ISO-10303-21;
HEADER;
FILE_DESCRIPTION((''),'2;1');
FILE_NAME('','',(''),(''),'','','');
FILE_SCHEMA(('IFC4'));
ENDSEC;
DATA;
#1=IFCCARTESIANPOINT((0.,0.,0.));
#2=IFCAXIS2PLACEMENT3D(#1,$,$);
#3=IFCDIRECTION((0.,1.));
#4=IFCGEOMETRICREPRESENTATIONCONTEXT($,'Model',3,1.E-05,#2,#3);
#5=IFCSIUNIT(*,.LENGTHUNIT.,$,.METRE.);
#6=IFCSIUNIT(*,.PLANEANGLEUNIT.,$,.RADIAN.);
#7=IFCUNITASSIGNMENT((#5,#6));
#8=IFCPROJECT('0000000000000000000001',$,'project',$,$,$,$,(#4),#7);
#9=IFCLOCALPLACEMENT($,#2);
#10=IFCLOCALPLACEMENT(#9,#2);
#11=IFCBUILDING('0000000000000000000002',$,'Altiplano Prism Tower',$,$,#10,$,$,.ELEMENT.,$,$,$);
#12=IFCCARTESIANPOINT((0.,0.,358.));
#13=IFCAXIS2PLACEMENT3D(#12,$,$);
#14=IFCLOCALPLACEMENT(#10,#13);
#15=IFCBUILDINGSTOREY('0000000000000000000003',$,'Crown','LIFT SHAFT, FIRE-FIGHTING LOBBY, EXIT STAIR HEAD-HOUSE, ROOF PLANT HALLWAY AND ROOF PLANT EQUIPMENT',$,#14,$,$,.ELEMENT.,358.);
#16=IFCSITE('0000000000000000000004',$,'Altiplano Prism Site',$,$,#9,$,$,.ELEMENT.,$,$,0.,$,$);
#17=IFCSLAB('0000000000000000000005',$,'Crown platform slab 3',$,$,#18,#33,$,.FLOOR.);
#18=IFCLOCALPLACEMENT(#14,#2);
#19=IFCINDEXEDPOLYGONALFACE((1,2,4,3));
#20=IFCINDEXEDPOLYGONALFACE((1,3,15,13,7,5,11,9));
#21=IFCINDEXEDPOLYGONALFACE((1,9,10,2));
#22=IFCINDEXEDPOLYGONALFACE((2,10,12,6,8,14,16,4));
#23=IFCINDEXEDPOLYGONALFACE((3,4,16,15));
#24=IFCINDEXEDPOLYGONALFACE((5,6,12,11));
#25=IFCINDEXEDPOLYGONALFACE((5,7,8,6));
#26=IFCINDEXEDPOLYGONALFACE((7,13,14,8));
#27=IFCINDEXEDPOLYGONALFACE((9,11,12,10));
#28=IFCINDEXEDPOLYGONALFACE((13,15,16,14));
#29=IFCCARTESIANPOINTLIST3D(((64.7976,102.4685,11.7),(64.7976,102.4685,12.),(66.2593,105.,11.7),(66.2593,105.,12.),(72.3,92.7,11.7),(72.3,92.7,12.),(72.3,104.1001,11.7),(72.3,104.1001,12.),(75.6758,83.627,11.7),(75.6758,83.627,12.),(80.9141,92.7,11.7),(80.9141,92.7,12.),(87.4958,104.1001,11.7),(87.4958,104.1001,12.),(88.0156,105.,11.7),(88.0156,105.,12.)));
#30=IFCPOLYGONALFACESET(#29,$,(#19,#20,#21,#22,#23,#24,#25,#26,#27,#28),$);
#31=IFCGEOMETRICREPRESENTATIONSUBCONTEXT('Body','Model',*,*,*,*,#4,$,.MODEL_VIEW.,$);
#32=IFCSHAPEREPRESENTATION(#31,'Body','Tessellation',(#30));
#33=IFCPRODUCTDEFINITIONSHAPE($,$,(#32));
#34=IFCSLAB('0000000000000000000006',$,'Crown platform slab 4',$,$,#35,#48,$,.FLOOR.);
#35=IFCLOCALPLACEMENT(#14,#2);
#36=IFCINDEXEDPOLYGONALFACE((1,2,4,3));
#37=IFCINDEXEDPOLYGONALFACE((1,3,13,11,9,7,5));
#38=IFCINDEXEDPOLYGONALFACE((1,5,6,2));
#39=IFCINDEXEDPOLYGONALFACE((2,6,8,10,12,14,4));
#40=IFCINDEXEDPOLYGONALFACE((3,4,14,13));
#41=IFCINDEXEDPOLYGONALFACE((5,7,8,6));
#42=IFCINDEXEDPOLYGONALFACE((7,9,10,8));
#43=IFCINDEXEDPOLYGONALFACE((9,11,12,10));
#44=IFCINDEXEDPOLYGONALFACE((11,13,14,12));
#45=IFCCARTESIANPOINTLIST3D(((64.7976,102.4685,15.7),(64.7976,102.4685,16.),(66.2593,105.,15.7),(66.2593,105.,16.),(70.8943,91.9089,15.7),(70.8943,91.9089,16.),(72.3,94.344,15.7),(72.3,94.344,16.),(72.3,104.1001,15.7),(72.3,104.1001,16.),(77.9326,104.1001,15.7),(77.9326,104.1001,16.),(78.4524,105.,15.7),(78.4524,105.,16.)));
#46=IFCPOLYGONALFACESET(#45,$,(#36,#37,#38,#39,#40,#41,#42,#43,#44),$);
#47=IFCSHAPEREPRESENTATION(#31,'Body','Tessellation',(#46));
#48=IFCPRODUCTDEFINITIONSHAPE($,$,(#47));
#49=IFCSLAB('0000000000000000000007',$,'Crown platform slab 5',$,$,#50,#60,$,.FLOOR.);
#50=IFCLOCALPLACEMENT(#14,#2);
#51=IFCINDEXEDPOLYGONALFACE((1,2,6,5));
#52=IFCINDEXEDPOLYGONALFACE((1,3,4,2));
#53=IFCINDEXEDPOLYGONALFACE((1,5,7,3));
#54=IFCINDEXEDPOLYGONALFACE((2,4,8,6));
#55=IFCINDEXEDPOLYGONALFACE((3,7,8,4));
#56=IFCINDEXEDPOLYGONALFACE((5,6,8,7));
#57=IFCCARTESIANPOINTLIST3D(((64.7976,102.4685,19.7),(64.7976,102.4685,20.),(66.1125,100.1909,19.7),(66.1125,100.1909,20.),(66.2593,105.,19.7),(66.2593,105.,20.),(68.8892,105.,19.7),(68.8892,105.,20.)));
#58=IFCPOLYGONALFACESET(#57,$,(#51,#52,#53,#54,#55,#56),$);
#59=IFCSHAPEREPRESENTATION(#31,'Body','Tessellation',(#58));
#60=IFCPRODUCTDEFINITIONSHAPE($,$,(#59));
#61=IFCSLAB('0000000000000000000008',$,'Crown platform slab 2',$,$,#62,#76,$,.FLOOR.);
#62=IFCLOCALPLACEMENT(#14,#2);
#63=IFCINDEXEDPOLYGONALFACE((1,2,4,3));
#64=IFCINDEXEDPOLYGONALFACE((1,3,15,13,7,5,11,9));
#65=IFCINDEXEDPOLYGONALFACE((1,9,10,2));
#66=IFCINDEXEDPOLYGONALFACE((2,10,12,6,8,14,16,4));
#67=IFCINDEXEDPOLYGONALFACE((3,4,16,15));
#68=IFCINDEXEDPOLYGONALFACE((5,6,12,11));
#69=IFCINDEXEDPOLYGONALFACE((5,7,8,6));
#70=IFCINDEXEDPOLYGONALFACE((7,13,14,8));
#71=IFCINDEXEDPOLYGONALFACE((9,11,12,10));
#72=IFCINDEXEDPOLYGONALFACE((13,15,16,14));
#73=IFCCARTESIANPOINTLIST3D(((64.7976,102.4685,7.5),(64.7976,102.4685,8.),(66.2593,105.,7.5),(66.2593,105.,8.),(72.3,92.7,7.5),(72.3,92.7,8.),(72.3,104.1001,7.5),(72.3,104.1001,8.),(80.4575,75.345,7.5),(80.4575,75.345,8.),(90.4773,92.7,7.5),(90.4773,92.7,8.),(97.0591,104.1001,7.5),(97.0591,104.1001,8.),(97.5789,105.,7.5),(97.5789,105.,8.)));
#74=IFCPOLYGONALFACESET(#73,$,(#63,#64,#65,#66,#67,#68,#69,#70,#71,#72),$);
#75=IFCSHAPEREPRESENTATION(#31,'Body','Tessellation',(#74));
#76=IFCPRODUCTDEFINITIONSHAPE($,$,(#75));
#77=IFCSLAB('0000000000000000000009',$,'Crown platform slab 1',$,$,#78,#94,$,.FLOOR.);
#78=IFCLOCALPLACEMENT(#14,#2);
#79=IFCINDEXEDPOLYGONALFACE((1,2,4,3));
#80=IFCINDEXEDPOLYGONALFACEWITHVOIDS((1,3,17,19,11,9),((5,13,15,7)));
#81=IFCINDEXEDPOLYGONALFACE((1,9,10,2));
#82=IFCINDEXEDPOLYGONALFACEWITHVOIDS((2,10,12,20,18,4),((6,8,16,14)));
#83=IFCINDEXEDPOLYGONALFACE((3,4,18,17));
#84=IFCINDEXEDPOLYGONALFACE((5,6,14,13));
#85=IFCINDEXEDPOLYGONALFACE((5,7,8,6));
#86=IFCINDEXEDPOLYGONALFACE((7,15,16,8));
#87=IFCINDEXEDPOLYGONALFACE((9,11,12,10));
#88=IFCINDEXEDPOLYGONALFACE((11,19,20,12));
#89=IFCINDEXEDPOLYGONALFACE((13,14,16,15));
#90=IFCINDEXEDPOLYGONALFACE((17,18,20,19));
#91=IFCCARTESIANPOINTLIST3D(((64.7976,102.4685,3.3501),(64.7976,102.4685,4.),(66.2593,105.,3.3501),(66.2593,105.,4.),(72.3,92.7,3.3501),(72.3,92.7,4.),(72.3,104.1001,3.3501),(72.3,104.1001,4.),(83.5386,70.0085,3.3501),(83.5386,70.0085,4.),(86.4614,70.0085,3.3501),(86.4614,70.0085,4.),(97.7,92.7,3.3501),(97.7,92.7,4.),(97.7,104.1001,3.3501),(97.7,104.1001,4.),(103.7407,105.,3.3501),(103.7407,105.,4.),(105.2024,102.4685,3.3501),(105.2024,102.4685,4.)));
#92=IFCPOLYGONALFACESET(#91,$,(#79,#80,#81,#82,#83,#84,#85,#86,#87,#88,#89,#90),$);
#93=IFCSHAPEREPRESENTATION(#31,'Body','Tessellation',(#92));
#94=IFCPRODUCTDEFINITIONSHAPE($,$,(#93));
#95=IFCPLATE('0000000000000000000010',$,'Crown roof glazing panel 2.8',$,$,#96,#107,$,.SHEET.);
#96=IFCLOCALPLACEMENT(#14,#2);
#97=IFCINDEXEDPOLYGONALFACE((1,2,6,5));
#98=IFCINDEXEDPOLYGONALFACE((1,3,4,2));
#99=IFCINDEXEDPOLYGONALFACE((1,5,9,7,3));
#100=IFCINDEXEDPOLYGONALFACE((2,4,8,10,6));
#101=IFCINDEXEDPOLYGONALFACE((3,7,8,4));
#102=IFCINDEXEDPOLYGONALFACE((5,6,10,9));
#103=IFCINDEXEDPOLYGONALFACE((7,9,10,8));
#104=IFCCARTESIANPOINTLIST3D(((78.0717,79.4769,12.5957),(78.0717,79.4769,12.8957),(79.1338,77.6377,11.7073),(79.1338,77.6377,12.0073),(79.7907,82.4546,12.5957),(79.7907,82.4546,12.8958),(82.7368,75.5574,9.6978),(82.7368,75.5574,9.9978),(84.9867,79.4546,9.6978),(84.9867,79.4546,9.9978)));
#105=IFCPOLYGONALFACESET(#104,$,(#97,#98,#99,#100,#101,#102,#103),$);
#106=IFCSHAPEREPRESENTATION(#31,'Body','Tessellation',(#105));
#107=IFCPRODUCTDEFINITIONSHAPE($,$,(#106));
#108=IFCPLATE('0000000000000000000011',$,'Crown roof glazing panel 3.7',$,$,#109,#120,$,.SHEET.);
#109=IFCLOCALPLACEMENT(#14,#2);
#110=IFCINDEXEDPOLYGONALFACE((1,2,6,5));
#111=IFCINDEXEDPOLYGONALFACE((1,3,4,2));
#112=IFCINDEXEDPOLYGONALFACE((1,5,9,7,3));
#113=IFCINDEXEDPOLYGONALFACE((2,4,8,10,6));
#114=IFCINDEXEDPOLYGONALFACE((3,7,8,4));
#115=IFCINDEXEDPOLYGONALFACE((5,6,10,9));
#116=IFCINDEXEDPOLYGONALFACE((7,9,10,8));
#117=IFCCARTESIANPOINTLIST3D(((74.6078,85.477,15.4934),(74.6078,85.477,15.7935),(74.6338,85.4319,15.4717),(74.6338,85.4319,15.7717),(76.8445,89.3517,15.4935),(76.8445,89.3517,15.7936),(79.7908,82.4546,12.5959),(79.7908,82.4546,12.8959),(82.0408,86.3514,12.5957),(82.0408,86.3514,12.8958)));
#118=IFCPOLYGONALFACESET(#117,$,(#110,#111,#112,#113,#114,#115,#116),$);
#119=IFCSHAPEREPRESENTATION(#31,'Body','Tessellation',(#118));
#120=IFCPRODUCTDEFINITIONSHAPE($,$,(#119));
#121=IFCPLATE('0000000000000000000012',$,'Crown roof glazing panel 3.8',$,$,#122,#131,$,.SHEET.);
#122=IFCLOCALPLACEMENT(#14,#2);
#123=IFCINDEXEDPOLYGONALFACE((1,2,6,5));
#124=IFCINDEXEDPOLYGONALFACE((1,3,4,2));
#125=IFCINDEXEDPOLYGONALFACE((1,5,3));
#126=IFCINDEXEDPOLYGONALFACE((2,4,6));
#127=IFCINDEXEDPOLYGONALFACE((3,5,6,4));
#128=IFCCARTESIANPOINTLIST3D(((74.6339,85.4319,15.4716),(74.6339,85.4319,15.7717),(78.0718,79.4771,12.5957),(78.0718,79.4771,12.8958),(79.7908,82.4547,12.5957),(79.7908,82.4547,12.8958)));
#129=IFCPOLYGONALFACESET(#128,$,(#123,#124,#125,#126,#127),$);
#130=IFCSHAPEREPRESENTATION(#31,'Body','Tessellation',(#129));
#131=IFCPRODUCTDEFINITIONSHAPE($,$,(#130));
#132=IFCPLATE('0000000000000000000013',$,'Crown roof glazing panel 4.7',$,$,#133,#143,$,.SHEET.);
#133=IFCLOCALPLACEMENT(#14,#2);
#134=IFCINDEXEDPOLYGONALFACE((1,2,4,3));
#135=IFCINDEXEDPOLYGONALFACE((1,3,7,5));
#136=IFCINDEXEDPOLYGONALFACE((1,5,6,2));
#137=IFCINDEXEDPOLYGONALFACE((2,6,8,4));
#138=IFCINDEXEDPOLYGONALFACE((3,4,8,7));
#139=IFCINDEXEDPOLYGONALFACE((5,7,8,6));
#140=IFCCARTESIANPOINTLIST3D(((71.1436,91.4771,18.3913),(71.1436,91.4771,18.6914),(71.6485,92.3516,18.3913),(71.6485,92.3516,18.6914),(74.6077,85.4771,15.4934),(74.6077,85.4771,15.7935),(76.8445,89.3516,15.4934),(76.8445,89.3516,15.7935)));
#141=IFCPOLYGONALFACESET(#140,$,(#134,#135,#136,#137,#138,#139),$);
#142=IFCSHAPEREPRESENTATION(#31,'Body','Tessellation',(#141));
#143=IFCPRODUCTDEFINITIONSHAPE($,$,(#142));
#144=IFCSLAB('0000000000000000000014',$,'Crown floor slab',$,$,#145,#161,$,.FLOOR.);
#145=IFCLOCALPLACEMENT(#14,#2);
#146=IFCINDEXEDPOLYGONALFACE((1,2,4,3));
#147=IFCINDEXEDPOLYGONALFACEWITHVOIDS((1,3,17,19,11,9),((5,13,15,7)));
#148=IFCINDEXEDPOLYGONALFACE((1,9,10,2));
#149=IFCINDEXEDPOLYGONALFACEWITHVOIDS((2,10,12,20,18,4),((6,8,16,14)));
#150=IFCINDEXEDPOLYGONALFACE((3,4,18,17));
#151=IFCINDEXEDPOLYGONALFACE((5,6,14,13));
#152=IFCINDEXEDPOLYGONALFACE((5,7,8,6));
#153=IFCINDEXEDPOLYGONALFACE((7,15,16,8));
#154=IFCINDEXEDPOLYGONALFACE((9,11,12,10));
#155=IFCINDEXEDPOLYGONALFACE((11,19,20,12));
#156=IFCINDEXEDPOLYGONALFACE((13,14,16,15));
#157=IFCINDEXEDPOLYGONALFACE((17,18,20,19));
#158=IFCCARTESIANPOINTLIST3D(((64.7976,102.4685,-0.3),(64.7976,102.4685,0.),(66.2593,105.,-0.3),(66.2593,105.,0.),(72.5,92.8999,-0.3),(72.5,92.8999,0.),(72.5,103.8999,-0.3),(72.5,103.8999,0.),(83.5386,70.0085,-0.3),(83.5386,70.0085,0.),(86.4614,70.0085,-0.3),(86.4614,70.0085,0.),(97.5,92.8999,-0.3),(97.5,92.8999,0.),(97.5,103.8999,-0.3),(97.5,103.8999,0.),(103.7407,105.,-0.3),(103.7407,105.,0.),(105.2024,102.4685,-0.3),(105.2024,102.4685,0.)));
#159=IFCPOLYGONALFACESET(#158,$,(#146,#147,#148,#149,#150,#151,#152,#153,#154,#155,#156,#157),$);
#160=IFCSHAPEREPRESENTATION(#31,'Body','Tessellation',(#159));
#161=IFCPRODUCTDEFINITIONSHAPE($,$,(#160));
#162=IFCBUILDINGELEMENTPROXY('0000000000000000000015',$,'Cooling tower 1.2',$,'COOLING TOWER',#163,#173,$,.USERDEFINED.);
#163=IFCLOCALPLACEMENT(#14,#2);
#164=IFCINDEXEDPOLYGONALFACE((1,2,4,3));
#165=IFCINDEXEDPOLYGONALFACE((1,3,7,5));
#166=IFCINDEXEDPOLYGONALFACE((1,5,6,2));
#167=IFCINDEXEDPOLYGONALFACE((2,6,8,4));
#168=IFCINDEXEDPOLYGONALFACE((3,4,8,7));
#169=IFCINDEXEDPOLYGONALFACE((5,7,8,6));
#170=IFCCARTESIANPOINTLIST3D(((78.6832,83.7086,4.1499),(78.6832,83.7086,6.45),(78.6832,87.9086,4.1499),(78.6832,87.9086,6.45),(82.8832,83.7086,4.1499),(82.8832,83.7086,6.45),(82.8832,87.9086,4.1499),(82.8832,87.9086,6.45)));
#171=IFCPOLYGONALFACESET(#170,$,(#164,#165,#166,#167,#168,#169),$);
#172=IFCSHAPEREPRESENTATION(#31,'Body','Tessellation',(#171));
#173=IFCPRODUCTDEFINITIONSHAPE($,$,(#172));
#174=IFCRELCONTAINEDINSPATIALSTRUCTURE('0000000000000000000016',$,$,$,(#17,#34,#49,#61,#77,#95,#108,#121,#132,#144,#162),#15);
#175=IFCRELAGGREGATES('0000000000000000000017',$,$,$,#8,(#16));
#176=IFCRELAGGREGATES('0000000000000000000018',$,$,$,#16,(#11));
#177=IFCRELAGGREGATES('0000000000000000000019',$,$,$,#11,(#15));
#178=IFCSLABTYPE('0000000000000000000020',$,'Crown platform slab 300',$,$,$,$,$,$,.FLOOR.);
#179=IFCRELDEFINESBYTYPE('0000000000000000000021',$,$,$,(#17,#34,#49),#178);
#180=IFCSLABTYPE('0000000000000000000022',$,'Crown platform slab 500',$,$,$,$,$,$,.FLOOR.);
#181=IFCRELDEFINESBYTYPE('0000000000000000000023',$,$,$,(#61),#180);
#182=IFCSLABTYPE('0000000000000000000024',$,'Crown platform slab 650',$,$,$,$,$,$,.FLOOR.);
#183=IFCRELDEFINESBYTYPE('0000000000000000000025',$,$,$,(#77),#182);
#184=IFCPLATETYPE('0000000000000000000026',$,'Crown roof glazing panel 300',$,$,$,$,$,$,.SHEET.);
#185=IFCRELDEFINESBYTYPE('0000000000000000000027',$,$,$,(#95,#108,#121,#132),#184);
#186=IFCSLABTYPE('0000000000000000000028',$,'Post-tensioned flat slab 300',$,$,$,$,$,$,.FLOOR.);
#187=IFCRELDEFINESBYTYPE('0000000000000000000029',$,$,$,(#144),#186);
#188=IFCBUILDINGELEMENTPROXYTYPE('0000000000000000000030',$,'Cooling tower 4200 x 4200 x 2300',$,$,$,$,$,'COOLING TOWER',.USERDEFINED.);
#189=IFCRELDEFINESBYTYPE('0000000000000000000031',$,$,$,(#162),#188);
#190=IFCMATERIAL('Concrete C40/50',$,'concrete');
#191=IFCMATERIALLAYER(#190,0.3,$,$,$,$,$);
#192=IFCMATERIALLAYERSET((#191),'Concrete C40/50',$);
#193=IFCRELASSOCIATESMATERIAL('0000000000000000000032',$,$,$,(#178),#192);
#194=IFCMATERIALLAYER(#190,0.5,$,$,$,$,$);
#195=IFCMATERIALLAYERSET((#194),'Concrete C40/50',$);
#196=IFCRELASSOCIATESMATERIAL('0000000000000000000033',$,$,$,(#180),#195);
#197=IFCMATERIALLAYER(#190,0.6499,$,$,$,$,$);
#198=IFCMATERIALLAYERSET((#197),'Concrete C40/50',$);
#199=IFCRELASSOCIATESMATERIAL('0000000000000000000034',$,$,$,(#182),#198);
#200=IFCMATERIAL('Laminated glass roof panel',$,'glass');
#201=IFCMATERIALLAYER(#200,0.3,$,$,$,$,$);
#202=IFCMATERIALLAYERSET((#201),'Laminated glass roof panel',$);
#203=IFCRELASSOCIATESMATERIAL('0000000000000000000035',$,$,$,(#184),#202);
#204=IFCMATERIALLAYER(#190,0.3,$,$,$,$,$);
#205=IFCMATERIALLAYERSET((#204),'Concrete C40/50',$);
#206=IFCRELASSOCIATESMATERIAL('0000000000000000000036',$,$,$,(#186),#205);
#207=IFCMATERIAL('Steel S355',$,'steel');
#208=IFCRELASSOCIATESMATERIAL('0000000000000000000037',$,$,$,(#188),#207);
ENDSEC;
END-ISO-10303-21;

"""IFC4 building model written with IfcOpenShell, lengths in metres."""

from ifc_helpers import new_model, si_unit, direction, frame, origin, origin_2d, place, context, subcontext, project, spatial, polyline, rectangle, outline, extrude, material, layer, layer_set, type_object, element, save


model = new_model("IFC4")

# Units and contexts
model_context = context("Model", 3, precision=1e-05, world=origin(), true_north=direction((0.0, 1.0)))
body_context = subcontext(model_context, "Body", "Model", "MODEL_VIEW")
ifc_project = project(units=[si_unit("LENGTHUNIT", "METRE"), si_unit("PLANEANGLEUNIT", "RADIAN")], contexts=[model_context])

# Site, building, storey
site_placement = place(None, origin())
site = spatial("IfcSite", under=ifc_project, at=site_placement, Name="Altiplano Prism Site", CompositionType="ELEMENT", RefElevation=0.0)
building_placement = place(site_placement, origin())
building = spatial("IfcBuilding", under=site, at=building_placement, Name="Altiplano Prism Tower", CompositionType="ELEMENT")
storey_placement = place(building_placement, frame((0.0, 0.0, 358.0)))
storey = spatial("IfcBuildingStorey", under=building, at=storey_placement, Name="Crown", Description="LIFT SHAFT, FIRE-FIGHTING LOBBY, EXIT STAIR HEAD-HOUSE, ROOF PLANT HALLWAY AND ROOF PLANT EQUIPMENT", CompositionType="ELEMENT", Elevation=358.0)

# Shared definitions
ifc_material_1 = material(Name="Steel S355", Category="steel")

# Slabs
ifc_material_2 = material(Name="Concrete C40/50", Category="concrete")
ifc_layer_1 = layer(ifc_material_2, 0.3)
ifc_layer_set_1 = layer_set([ifc_layer_1], Name="Concrete C40/50")
slab_type_1 = type_object("IfcSlabType", Name="Crown platform slab 300", PredefinedType="FLOOR", material=ifc_layer_set_1)
slab_1_placement = place(storey_placement, frame((0.0, 0.0, 11.7)))
element("IfcSlab", 1, at=slab_1_placement, inside=storey, type_object=slab_type_1, Name="Crown platform slab 3", PredefinedType="FLOOR", context=body_context, shape_type="SweptSolid", body=[
    extrude(outline(polyline([(75.6758, 83.627), (64.7976, 102.4685), (66.2593, 105.0), (88.0156, 105.0), (87.4958, 104.1001), (72.3, 104.1001), (72.3, 92.7), (80.9141, 92.7), (75.6758, 83.627)])), origin(), (0.0, 0.0, 1.0), 0.3),
])
slab_2_placement = place(storey_placement, frame((0.0, 0.0, 15.7)))
element("IfcSlab", 2, at=slab_2_placement, inside=storey, type_object=slab_type_1, Name="Crown platform slab 4", PredefinedType="FLOOR", context=body_context, shape_type="SweptSolid", body=[
    extrude(outline(polyline([(70.8943, 91.9089), (64.7976, 102.4685), (66.2593, 105.0), (78.4524, 105.0), (77.9326, 104.1001), (72.3, 104.1001), (72.3, 94.344), (70.8943, 91.9089)])), origin(), (0.0, 0.0, 1.0), 0.3),
])
slab_3_placement = place(storey_placement, frame((0.0, 0.0, 19.7)))
element("IfcSlab", 3, at=slab_3_placement, inside=storey, type_object=slab_type_1, Name="Crown platform slab 5", PredefinedType="FLOOR", context=body_context, shape_type="SweptSolid", body=[
    extrude(outline(polyline([(66.1125, 100.1909), (64.7976, 102.4685), (66.2593, 105.0), (68.8892, 105.0), (66.1125, 100.1909)])), origin(), (0.0, 0.0, 1.0), 0.3),
])
ifc_layer_2 = layer(ifc_material_2, 0.5)
ifc_layer_set_2 = layer_set([ifc_layer_2], Name="Concrete C40/50")
slab_type_2 = type_object("IfcSlabType", Name="Crown platform slab 500", PredefinedType="FLOOR", material=ifc_layer_set_2)
slab_4_placement = place(storey_placement, frame((0.0, 0.0, 7.5)))
element("IfcSlab", 4, at=slab_4_placement, inside=storey, type_object=slab_type_2, Name="Crown platform slab 2", PredefinedType="FLOOR", context=body_context, shape_type="SweptSolid", body=[
    extrude(outline(polyline([(80.4575, 75.345), (64.7976, 102.4685), (66.2593, 105.0), (97.5789, 105.0), (97.0591, 104.1001), (72.3, 104.1001), (72.3, 92.7), (90.4773, 92.7), (80.4575, 75.345)])), origin(), (0.0, 0.0, 1.0), 0.5),
])
ifc_layer_3 = layer(ifc_material_2, 0.6499)
ifc_layer_set_3 = layer_set([ifc_layer_3], Name="Concrete C40/50")
slab_type_3 = type_object("IfcSlabType", Name="Crown platform slab 650", PredefinedType="FLOOR", material=ifc_layer_set_3)
slab_5_placement = place(storey_placement, frame((0.0, 0.0, 3.3501)))
element("IfcSlab", 5, at=slab_5_placement, inside=storey, type_object=slab_type_3, Name="Crown platform slab 1", PredefinedType="FLOOR", context=body_context, shape_type="SweptSolid", body=[
    extrude(outline(polyline([(105.2024, 102.4685), (86.4614, 70.0085), (83.5386, 70.0085), (64.7976, 102.4685), (66.2593, 105.0), (103.7407, 105.0), (105.2024, 102.4685)]), holes=[polyline([(97.7, 92.7), (97.7, 104.1001), (72.3, 104.1001), (72.3, 92.7), (97.7, 92.7)])]), origin(), (0.0, 0.0, 1.0), 0.6499),
])

# Plates
ifc_material_3 = material(Name="Laminated glass roof panel", Category="glass")
ifc_layer_4 = layer(ifc_material_3, 0.3)
ifc_layer_set_4 = layer_set([ifc_layer_4], Name="Laminated glass roof panel")
plate_type_1 = type_object("IfcPlateType", Name="Crown roof glazing panel 300", PredefinedType="SHEET", material=ifc_layer_set_4)
plate_1_placement = place(storey_placement, frame((79.1338, 77.6377, 12.0073), z_axis=(0.376661, -0.217457, 0.900466), x_axis=(0.779816, -0.450252, -0.434926)))
element("IfcPlate", 6, at=plate_1_placement, inside=storey, type_object=plate_type_1, Name="Crown roof glazing panel 2.8", PredefinedType="SHEET", context=body_context, shape_type="SweptSolid", body=[
    extrude(outline(polyline([(0.0, 0.0), (4.6204, 0.0), (4.6201, 4.5), (-2.043, 4.5), (-2.0427, 1.0618), (0.0, 0.0)])), origin(), (0.434926, 0.000016, -0.900466), 0.3),
])
plate_2_placement = place(storey_placement, frame((74.6338, 85.4319, 15.7717), z_axis=(0.37663, -0.217433, 0.900485), x_axis=(0.779848, -0.450232, -0.434888)))
element("IfcPlate", 7, at=plate_2_placement, inside=storey, type_object=plate_type_1, Name="Crown roof glazing panel 3.7", PredefinedType="SHEET", context=body_context, shape_type="SweptSolid", body=[
    extrude(outline(polyline([(0.0, 0.0), (6.6128, 0.0), (6.613, 4.4998), (-0.0503, 4.5), (-0.05, 0.0261), (0.0, 0.0)])), origin(), (0.434888, 0.000006, -0.900485), 0.3),
])
plate_3_placement = place(storey_placement, frame((78.0718, 79.4771, 12.8958), z_axis=(0.376645, -0.217445, 0.900476), x_axis=(0.499981, 0.866037, 0.0)))
element("IfcPlate", 8, at=plate_3_placement, inside=storey, type_object=plate_type_1, Name="Crown roof glazing panel 3.8", PredefinedType="SHEET", context=body_context, shape_type="SweptSolid", body=[
    extrude(outline(polyline([(0.0, 0.0), (3.4382, 0.0), (3.4382, 6.6128), (0.0, 0.0)])), origin(), (0.0, -0.434906, -0.900476), 0.3),
])
plate_4_placement = place(storey_placement, frame((74.6077, 85.4771, 15.7935), z_axis=(0.37666, -0.217453, 0.900467), x_axis=(0.499978, 0.866038, 0.000001)))
element("IfcPlate", 9, at=plate_4_placement, inside=storey, type_object=plate_type_1, Name="Crown roof glazing panel 4.7", PredefinedType="SHEET", context=body_context, shape_type="SweptSolid", body=[
    extrude(outline(polyline([(0.0, 0.0), (4.4739, 0.0), (4.4741, 6.6631), (3.4644, 6.6631), (0.0, 0.0)])), origin(), (-0.000001, -0.434924, -0.900467), 0.3),
])

# Slab
ifc_layer_5 = layer(ifc_material_2, 0.3)
ifc_layer_set_5 = layer_set([ifc_layer_5], Name="Concrete C40/50")
slab_type_4 = type_object("IfcSlabType", Name="Post-tensioned flat slab 300", PredefinedType="FLOOR", material=ifc_layer_set_5)
slab_6_placement = place(storey_placement, frame((0.0, 0.0, -0.3)))
element("IfcSlab", 10, at=slab_6_placement, inside=storey, type_object=slab_type_4, Name="Crown floor slab", PredefinedType="FLOOR", context=body_context, shape_type="SweptSolid", body=[
    extrude(outline(polyline([(105.2024, 102.4685), (86.4614, 70.0085), (83.5386, 70.0085), (64.7976, 102.4685), (66.2593, 105.0), (103.7407, 105.0), (105.2024, 102.4685)]), holes=[polyline([(97.5, 92.8999), (97.5, 103.8999), (72.5, 103.8999), (72.5, 92.8999), (97.5, 92.8999)])]), origin(), (0.0, 0.0, 1.0), 0.3),
])

# Building element proxy
building_element_proxy_type_1 = type_object("IfcBuildingElementProxyType", Name="Cooling tower 4200 x 4200 x 2300", ElementType="COOLING TOWER", PredefinedType="USERDEFINED", material=ifc_material_1)
proxy_1_placement = place(storey_placement, frame((80.7832, 85.8086, 4.1499), z_axis=(0.0, 0.0, 1.0), x_axis=(1.0, 0.0, 0.0)))
element("IfcBuildingElementProxy", 11, at=proxy_1_placement, inside=storey, type_object=building_element_proxy_type_1, Name="Cooling tower 1.2", ObjectType="COOLING TOWER", PredefinedType="USERDEFINED", context=body_context, shape_type="SweptSolid", body=[
    extrude(rectangle(XDim=4.2, YDim=4.2, at=origin_2d()), origin(), (0.0, 0.0, 1.0), 2.3),
])

save(model, "model.ifc")
